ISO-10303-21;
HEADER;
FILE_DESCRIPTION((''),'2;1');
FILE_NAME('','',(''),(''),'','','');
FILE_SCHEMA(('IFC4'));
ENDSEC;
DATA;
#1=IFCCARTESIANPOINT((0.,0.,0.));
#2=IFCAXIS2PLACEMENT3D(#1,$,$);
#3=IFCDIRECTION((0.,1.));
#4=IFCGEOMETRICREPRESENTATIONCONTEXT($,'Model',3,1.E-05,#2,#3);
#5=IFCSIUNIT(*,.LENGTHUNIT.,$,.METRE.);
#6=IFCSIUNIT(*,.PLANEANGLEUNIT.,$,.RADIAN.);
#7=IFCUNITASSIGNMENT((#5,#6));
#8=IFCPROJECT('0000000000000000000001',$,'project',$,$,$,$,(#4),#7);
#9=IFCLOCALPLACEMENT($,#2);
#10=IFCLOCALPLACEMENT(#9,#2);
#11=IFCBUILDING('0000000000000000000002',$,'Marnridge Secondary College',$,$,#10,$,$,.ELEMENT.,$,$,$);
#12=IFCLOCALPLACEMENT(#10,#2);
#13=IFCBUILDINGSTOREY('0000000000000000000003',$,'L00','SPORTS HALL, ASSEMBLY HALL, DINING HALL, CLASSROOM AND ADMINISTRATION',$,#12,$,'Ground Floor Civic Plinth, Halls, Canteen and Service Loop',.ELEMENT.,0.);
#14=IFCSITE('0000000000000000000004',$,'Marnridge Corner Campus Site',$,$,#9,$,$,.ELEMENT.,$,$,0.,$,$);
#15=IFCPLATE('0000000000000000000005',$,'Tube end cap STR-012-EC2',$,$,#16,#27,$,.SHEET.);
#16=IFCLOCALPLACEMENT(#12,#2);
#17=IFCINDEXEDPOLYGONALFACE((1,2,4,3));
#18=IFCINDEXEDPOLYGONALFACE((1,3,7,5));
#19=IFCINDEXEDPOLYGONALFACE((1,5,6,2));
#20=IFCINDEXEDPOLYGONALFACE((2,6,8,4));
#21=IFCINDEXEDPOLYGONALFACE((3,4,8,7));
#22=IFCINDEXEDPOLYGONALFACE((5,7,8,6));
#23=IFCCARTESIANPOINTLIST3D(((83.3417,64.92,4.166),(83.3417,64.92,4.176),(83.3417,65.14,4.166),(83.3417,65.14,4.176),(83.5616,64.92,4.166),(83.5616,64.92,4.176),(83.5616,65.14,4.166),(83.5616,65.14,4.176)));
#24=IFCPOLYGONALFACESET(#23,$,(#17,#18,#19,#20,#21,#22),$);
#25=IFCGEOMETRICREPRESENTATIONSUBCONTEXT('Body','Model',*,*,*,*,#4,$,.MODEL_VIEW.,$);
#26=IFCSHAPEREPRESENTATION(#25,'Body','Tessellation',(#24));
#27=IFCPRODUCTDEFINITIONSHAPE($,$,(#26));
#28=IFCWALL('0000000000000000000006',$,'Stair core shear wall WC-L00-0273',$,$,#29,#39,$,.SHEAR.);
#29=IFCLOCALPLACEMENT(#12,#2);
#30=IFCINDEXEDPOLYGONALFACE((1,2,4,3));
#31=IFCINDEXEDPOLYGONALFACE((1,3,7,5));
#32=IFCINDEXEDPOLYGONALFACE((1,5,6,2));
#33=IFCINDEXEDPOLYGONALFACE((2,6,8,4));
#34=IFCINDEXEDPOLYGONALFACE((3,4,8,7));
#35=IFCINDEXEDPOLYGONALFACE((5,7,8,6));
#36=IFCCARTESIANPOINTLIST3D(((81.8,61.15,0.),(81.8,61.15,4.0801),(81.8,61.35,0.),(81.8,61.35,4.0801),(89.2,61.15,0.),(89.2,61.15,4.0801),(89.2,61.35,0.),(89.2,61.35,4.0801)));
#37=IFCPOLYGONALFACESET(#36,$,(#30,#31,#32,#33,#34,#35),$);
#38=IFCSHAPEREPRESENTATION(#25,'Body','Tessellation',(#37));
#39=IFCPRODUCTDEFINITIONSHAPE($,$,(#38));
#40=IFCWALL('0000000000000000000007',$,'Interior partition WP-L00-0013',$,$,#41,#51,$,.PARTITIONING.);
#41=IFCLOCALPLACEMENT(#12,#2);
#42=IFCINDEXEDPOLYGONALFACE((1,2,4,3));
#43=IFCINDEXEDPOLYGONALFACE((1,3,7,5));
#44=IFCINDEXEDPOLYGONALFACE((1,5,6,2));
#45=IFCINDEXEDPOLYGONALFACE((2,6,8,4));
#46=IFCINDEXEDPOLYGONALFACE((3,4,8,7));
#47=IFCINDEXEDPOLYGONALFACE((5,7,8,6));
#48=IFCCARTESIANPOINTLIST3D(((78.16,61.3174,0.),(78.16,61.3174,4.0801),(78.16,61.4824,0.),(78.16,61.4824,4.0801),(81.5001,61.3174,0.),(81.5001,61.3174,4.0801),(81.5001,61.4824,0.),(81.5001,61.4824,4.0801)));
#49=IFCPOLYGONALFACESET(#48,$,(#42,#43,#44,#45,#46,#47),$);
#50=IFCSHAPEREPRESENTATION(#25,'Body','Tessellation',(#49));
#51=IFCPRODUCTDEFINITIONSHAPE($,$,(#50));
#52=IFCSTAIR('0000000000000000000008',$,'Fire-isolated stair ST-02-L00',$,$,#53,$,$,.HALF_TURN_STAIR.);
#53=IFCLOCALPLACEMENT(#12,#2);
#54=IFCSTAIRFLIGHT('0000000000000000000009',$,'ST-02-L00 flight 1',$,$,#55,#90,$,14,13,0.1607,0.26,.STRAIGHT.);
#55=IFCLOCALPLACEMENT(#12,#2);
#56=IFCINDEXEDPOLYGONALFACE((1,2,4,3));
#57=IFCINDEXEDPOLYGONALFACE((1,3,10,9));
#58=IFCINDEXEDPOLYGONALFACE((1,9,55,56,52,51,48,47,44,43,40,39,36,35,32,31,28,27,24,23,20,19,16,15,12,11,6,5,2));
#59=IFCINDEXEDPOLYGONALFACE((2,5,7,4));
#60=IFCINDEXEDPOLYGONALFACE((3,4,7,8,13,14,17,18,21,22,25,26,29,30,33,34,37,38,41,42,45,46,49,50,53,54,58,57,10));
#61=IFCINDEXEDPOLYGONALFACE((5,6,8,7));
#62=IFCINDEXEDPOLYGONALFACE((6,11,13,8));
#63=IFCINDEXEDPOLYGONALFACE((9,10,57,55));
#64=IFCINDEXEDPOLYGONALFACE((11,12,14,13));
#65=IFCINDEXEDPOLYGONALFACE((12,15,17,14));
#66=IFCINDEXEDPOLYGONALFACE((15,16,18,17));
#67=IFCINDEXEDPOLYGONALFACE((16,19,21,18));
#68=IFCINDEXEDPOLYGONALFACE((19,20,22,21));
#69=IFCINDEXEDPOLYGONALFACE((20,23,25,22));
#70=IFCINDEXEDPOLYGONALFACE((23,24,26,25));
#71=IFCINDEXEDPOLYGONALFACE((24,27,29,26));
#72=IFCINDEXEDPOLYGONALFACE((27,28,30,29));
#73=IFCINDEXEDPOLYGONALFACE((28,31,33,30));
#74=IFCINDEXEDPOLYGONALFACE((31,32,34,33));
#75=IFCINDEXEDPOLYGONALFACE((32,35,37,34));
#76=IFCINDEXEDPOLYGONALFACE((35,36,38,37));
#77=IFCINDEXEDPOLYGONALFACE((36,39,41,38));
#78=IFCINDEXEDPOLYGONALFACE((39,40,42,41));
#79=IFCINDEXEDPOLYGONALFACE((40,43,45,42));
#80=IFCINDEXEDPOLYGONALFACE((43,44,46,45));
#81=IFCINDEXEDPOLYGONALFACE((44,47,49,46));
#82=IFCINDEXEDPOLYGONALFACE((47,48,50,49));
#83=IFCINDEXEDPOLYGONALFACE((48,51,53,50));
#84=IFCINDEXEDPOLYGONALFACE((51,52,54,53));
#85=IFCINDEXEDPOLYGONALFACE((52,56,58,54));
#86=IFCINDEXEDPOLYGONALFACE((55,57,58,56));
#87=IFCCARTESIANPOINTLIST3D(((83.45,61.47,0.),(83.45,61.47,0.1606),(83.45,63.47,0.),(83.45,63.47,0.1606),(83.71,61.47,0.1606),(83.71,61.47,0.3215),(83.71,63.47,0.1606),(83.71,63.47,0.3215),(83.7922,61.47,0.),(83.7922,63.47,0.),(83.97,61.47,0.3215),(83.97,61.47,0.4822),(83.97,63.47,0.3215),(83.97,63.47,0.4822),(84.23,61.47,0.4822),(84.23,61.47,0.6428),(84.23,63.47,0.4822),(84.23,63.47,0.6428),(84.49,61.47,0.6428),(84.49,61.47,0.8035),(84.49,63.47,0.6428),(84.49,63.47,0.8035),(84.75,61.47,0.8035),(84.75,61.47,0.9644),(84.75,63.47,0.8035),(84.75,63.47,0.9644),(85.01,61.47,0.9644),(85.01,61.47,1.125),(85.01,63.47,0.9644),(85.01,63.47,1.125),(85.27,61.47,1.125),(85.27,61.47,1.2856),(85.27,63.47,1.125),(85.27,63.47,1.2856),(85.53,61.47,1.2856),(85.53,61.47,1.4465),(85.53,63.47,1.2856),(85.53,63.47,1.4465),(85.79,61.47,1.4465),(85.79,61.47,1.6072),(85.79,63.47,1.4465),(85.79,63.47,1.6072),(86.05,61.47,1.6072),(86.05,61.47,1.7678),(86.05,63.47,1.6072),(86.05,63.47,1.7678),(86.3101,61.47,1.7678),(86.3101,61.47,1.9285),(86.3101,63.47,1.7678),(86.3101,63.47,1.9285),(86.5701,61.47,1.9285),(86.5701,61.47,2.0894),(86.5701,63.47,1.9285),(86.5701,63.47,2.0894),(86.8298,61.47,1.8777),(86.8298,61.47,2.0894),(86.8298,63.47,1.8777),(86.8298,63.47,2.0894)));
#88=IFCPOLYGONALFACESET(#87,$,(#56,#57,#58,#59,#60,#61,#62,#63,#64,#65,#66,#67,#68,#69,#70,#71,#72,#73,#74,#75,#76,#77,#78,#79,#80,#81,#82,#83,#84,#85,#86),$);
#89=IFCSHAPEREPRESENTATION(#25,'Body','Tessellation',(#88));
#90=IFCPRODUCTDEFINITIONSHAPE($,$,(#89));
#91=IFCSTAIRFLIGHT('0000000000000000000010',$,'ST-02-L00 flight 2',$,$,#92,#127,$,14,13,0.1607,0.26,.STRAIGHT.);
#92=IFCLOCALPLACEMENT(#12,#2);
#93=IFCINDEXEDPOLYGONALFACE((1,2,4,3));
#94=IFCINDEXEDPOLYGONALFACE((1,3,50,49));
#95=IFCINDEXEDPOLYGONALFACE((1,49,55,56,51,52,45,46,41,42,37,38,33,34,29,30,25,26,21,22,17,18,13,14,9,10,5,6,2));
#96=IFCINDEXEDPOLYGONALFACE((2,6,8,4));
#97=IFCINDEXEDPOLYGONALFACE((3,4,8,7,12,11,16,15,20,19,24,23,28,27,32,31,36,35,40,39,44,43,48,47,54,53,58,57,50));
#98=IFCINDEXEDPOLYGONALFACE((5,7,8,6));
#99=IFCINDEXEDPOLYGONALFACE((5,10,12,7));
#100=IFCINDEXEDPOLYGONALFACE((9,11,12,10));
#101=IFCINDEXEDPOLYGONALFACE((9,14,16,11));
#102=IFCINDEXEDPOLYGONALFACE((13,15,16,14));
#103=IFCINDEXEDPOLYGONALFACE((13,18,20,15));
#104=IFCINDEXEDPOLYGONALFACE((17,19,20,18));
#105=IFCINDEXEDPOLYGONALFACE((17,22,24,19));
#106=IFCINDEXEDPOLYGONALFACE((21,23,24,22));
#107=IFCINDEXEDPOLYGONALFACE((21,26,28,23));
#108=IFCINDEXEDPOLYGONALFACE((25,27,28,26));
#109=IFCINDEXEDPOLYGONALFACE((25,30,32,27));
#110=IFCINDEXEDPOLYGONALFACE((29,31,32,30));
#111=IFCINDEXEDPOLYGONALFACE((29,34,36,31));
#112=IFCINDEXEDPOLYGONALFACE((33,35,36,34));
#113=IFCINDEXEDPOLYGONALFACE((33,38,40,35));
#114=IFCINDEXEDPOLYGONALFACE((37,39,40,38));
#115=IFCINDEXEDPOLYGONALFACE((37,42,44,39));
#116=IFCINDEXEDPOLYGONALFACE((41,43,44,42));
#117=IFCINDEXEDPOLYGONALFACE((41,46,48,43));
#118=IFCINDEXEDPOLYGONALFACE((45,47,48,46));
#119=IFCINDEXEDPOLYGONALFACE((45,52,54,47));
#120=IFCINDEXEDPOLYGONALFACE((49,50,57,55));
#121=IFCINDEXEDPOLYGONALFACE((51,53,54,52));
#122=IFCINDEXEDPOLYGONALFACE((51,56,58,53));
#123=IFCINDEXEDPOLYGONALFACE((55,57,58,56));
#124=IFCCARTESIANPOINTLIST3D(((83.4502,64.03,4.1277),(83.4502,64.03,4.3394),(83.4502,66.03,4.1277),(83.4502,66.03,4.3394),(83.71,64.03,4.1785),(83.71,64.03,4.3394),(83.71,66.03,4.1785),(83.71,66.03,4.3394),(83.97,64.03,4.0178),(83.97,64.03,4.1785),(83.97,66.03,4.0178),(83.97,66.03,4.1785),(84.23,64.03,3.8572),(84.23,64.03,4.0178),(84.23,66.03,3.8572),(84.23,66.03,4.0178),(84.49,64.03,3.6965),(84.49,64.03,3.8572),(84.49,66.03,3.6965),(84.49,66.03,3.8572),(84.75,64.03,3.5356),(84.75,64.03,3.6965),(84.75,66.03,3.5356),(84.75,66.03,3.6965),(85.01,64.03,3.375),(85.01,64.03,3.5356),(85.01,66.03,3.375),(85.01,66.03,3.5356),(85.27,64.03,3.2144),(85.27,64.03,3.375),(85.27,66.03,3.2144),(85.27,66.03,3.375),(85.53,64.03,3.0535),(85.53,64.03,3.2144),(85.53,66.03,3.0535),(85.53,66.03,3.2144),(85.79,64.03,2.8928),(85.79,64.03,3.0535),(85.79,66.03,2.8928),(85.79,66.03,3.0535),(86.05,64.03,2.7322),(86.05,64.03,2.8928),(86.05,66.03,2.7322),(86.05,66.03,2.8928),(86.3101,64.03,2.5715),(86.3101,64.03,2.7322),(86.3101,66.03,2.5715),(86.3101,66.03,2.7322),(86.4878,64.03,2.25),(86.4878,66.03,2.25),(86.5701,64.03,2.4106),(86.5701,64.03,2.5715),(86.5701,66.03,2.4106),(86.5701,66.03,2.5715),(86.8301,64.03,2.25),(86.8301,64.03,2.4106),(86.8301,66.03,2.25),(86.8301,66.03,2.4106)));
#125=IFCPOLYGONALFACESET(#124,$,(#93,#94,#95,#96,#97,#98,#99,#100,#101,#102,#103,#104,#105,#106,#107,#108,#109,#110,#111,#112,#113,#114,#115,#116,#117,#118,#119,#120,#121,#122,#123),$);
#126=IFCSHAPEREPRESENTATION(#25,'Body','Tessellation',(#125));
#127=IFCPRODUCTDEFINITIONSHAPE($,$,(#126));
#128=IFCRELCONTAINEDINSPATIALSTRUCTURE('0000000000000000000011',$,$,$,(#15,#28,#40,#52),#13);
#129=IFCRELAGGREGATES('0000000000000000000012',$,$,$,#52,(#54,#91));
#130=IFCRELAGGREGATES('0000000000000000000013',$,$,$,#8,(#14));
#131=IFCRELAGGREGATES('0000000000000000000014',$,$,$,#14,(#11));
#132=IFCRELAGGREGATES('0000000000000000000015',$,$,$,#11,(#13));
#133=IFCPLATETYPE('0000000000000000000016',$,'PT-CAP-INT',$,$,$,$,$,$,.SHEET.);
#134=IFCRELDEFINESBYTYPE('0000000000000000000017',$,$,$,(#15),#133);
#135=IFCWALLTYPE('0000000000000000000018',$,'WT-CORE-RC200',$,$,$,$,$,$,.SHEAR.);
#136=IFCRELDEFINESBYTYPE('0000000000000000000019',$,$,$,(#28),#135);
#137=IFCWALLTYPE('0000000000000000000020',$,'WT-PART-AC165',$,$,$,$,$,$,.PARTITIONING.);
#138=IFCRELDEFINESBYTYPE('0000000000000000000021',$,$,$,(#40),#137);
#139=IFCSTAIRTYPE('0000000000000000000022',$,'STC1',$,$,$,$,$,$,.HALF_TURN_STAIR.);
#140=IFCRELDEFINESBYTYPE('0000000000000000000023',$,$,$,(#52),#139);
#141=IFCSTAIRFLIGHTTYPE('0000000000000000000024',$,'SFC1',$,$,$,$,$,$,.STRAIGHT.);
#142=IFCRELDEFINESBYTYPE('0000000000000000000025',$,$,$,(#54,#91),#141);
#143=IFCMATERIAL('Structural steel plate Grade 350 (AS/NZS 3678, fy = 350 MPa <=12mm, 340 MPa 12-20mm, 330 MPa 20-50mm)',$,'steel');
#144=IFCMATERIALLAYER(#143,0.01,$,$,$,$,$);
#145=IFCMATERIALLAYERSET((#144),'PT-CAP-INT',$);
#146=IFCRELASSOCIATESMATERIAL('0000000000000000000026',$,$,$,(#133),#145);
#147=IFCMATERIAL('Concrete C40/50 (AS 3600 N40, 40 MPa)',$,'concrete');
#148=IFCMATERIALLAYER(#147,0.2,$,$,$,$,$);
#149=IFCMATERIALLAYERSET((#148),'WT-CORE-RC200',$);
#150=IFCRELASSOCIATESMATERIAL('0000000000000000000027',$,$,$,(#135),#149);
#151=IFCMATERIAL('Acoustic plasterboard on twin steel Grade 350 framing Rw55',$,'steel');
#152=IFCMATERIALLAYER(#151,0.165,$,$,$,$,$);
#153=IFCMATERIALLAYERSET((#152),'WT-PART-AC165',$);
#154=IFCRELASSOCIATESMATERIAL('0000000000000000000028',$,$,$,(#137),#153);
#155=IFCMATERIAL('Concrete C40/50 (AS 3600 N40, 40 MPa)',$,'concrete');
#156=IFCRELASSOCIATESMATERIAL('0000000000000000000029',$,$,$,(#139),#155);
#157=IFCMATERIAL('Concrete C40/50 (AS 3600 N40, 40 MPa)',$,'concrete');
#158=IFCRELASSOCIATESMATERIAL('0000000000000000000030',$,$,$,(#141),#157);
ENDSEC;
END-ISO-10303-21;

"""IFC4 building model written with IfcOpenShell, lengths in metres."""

from ifc_helpers import new_model, si_unit, direction, frame, frame_2d, origin, origin_2d, place, context, subcontext, project, spatial, polyline, rectangle, outline, extrude, material, layer, layer_set, type_object, element, aggregate, save


model = new_model("IFC4")

# Units and contexts
model_context = context("Model", 3, precision=1e-05, world=origin(), true_north=direction((0.0, 1.0)))
body_context = subcontext(model_context, "Body", "Model", "MODEL_VIEW")
ifc_project = project(units=[si_unit("LENGTHUNIT", "METRE"), si_unit("PLANEANGLEUNIT", "RADIAN")], contexts=[model_context])

# Site, building, storey
site_placement = place(None, origin())
site = spatial("IfcSite", under=ifc_project, at=site_placement, Name="Marnridge Corner Campus Site", CompositionType="ELEMENT", RefElevation=0.0)
building_placement = place(site_placement, origin())
building = spatial("IfcBuilding", under=site, at=building_placement, Name="Marnridge Secondary College", CompositionType="ELEMENT")
storey_placement = place(building_placement, origin())
storey = spatial("IfcBuildingStorey", under=building, at=storey_placement, Name="L00", Description="SPORTS HALL, ASSEMBLY HALL, DINING HALL, CLASSROOM AND ADMINISTRATION", LongName="Ground Floor Civic Plinth, Halls, Canteen and Service Loop", CompositionType="ELEMENT", Elevation=0.0)

# Plate
ifc_material_1 = material(Name="Structural steel plate Grade 350 (AS/NZS 3678, fy = 350 MPa <=12mm, 340 MPa 12-20mm, 330 MPa 20-50mm)", Category="steel")
ifc_layer_1 = layer(ifc_material_1, 0.01)
ifc_layer_set_1 = layer_set([ifc_layer_1], Name="PT-CAP-INT")
plate_type = type_object("IfcPlateType", Name="PT-CAP-INT", PredefinedType="SHEET", material=ifc_layer_set_1)
for number, where, z_axis, x_axis, name in (
    (1, (83.4517, 65.03, 4.166), (0.0, 0.0, 1.0), (-1.0, 0.0, 0.0), "Tube end cap STR-012-EC2"),
):
    element("IfcPlate", number, at=place(storey_placement, frame(where, z_axis=z_axis, x_axis=x_axis)), inside=storey, type_object=plate_type, Name=name, PredefinedType="SHEET", context=body_context, shape_type="SweptSolid", body=[
        extrude(rectangle(XDim=0.22, YDim=0.22, at=origin_2d()), origin(), (0.0, 0.0, 1.0), 0.01),
    ])

# Wall
ifc_material_2 = material(Name="Concrete C40/50 (AS 3600 N40, 40 MPa)", Category="concrete")
ifc_layer_2 = layer(ifc_material_2, 0.2)
ifc_layer_set_2 = layer_set([ifc_layer_2], Name="WT-CORE-RC200")
wall_type_1 = type_object("IfcWallType", Name="WT-CORE-RC200", PredefinedType="SHEAR", material=ifc_layer_set_2)
wall_1_placement = place(storey_placement, frame((81.8, 61.25, 0.0), z_axis=(0.0, 0.0, 1.0), x_axis=(1.0, 0.0, 0.0)))
element("IfcWall", 2, at=wall_1_placement, inside=storey, type_object=wall_type_1, Name="Stair core shear wall WC-L00-0273", PredefinedType="SHEAR", context=body_context, shape_type="SweptSolid", body=[
    extrude(rectangle(XDim=7.3999, YDim=0.2, at=frame_2d((3.7, 0.0))), origin(), (0.0, 0.0, 1.0), 4.0801),
])

# Wall
ifc_material_3 = material(Name="Acoustic plasterboard on twin steel Grade 350 framing Rw55", Category="steel")
ifc_layer_3 = layer(ifc_material_3, 0.165)
ifc_layer_set_3 = layer_set([ifc_layer_3], Name="WT-PART-AC165")
wall_type_2 = type_object("IfcWallType", Name="WT-PART-AC165", PredefinedType="PARTITIONING", material=ifc_layer_set_3)
wall_2_placement = place(storey_placement, frame((81.5, 61.3999, 0.0), z_axis=(0.0, 0.0, 1.0), x_axis=(-1.0, 0.0, 0.0)))
element("IfcWall", 3, at=wall_2_placement, inside=storey, type_object=wall_type_2, Name="Interior partition WP-L00-0013", PredefinedType="PARTITIONING", context=body_context, shape_type="SweptSolid", body=[
    extrude(rectangle(XDim=3.3401, YDim=0.165, at=frame_2d((1.6699, 0.0))), origin(), (0.0, 0.0, 1.0), 4.0801),
])

# Stair, stair flights
ifc_material_4 = material(Name="Concrete C40/50 (AS 3600 N40, 40 MPa)", Category="concrete")
stair_type = type_object("IfcStairType", Name="STC1", PredefinedType="HALF_TURN_STAIR", material=ifc_material_4)
stair_placement = place(storey_placement, origin())
stair = element("IfcStair", 4, at=stair_placement, inside=storey, type_object=stair_type, Name="Fire-isolated stair ST-02-L00", PredefinedType="HALF_TURN_STAIR")
ifc_material_5 = material(Name="Concrete C40/50 (AS 3600 N40, 40 MPa)", Category="concrete")
stair_flight_type = type_object("IfcStairFlightType", Name="SFC1", PredefinedType="STRAIGHT", material=ifc_material_5)
stair_flight_1_placement = place(storey_placement, frame((83.45, 62.47, 0.0), z_axis=(0.0, 0.0, 1.0), x_axis=(1.0, 0.0, 0.0)))
stair_flight_1 = element("IfcStairFlight", 5, at=stair_flight_1_placement, type_object=stair_flight_type, Name="ST-02-L00 flight 1", NumberOfRisers=14, NumberOfTreads=13, PredefinedType="STRAIGHT", RiserHeight=0.1607, TreadLength=0.26, context=body_context, shape_type="SweptSolid", body=[
    extrude(outline(polyline([(0.0, 0.0), (0.0, 0.1606), (0.26, 0.1606), (0.26, 0.3215), (0.52, 0.3215), (0.52, 0.4822), (0.78, 0.4822), (0.78, 0.6428), (1.04, 0.6428), (1.04, 0.8035), (1.3, 0.8035), (1.3, 0.9644), (1.5601, 0.9644), (1.5601, 1.125), (1.8201, 1.125), (1.8201, 1.2856), (2.0801, 1.2856), (2.0801, 1.4465), (2.3401, 1.4465), (2.3401, 1.6072), (2.6001, 1.6072), (2.6001, 1.7678), (2.8601, 1.7678), (2.8601, 1.9285), (3.1201, 1.9285), (3.1201, 2.0894), (3.3799, 2.0894), (3.3799, 2.25), (3.3799, 1.8777), (0.3423, 0.0), (0.0, 0.0)])), frame((0.0, 1.0, 0.0), z_axis=(0.0, -1.0, 0.0), x_axis=(1.0, 0.0, 0.0)), (0.0, 0.0, 1.0), 2.0),
])
stair_flight_2_placement = place(storey_placement, frame((86.8301, 65.03, 2.25), z_axis=(0.0, 0.0, 1.0), x_axis=(-1.0, 0.0, 0.0)))
stair_flight_2 = element("IfcStairFlight", 6, at=stair_flight_2_placement, type_object=stair_flight_type, Name="ST-02-L00 flight 2", NumberOfRisers=14, NumberOfTreads=13, PredefinedType="STRAIGHT", RiserHeight=0.1607, TreadLength=0.26, context=body_context, shape_type="SweptSolid", body=[
    extrude(outline(polyline([(0.0, 0.0), (0.0, 0.1606), (0.26, 0.1606), (0.26, 0.3215), (0.52, 0.3215), (0.52, 0.4822), (0.78, 0.4822), (0.78, 0.6428), (1.04, 0.6428), (1.04, 0.8035), (1.3, 0.8035), (1.3, 0.9644), (1.5601, 0.9644), (1.5601, 1.125), (1.8201, 1.125), (1.8201, 1.2856), (2.0801, 1.2856), (2.0801, 1.4465), (2.3401, 1.4465), (2.3401, 1.6072), (2.6001, 1.6072), (2.6001, 1.7678), (2.8601, 1.7678), (2.8601, 1.9285), (3.1201, 1.9285), (3.1201, 2.0894), (3.3799, 2.0894), (3.3799, 2.25), (3.3799, 1.8777), (0.3423, 0.0), (0.0, 0.0)])), frame((0.0, 1.0, 0.0), z_axis=(0.0, -1.0, 0.0), x_axis=(1.0, 0.0, 0.0)), (0.0, 0.0, 1.0), 2.0),
])
aggregate(stair, [stair_flight_1, stair_flight_2])

save(model, "model.ifc")
